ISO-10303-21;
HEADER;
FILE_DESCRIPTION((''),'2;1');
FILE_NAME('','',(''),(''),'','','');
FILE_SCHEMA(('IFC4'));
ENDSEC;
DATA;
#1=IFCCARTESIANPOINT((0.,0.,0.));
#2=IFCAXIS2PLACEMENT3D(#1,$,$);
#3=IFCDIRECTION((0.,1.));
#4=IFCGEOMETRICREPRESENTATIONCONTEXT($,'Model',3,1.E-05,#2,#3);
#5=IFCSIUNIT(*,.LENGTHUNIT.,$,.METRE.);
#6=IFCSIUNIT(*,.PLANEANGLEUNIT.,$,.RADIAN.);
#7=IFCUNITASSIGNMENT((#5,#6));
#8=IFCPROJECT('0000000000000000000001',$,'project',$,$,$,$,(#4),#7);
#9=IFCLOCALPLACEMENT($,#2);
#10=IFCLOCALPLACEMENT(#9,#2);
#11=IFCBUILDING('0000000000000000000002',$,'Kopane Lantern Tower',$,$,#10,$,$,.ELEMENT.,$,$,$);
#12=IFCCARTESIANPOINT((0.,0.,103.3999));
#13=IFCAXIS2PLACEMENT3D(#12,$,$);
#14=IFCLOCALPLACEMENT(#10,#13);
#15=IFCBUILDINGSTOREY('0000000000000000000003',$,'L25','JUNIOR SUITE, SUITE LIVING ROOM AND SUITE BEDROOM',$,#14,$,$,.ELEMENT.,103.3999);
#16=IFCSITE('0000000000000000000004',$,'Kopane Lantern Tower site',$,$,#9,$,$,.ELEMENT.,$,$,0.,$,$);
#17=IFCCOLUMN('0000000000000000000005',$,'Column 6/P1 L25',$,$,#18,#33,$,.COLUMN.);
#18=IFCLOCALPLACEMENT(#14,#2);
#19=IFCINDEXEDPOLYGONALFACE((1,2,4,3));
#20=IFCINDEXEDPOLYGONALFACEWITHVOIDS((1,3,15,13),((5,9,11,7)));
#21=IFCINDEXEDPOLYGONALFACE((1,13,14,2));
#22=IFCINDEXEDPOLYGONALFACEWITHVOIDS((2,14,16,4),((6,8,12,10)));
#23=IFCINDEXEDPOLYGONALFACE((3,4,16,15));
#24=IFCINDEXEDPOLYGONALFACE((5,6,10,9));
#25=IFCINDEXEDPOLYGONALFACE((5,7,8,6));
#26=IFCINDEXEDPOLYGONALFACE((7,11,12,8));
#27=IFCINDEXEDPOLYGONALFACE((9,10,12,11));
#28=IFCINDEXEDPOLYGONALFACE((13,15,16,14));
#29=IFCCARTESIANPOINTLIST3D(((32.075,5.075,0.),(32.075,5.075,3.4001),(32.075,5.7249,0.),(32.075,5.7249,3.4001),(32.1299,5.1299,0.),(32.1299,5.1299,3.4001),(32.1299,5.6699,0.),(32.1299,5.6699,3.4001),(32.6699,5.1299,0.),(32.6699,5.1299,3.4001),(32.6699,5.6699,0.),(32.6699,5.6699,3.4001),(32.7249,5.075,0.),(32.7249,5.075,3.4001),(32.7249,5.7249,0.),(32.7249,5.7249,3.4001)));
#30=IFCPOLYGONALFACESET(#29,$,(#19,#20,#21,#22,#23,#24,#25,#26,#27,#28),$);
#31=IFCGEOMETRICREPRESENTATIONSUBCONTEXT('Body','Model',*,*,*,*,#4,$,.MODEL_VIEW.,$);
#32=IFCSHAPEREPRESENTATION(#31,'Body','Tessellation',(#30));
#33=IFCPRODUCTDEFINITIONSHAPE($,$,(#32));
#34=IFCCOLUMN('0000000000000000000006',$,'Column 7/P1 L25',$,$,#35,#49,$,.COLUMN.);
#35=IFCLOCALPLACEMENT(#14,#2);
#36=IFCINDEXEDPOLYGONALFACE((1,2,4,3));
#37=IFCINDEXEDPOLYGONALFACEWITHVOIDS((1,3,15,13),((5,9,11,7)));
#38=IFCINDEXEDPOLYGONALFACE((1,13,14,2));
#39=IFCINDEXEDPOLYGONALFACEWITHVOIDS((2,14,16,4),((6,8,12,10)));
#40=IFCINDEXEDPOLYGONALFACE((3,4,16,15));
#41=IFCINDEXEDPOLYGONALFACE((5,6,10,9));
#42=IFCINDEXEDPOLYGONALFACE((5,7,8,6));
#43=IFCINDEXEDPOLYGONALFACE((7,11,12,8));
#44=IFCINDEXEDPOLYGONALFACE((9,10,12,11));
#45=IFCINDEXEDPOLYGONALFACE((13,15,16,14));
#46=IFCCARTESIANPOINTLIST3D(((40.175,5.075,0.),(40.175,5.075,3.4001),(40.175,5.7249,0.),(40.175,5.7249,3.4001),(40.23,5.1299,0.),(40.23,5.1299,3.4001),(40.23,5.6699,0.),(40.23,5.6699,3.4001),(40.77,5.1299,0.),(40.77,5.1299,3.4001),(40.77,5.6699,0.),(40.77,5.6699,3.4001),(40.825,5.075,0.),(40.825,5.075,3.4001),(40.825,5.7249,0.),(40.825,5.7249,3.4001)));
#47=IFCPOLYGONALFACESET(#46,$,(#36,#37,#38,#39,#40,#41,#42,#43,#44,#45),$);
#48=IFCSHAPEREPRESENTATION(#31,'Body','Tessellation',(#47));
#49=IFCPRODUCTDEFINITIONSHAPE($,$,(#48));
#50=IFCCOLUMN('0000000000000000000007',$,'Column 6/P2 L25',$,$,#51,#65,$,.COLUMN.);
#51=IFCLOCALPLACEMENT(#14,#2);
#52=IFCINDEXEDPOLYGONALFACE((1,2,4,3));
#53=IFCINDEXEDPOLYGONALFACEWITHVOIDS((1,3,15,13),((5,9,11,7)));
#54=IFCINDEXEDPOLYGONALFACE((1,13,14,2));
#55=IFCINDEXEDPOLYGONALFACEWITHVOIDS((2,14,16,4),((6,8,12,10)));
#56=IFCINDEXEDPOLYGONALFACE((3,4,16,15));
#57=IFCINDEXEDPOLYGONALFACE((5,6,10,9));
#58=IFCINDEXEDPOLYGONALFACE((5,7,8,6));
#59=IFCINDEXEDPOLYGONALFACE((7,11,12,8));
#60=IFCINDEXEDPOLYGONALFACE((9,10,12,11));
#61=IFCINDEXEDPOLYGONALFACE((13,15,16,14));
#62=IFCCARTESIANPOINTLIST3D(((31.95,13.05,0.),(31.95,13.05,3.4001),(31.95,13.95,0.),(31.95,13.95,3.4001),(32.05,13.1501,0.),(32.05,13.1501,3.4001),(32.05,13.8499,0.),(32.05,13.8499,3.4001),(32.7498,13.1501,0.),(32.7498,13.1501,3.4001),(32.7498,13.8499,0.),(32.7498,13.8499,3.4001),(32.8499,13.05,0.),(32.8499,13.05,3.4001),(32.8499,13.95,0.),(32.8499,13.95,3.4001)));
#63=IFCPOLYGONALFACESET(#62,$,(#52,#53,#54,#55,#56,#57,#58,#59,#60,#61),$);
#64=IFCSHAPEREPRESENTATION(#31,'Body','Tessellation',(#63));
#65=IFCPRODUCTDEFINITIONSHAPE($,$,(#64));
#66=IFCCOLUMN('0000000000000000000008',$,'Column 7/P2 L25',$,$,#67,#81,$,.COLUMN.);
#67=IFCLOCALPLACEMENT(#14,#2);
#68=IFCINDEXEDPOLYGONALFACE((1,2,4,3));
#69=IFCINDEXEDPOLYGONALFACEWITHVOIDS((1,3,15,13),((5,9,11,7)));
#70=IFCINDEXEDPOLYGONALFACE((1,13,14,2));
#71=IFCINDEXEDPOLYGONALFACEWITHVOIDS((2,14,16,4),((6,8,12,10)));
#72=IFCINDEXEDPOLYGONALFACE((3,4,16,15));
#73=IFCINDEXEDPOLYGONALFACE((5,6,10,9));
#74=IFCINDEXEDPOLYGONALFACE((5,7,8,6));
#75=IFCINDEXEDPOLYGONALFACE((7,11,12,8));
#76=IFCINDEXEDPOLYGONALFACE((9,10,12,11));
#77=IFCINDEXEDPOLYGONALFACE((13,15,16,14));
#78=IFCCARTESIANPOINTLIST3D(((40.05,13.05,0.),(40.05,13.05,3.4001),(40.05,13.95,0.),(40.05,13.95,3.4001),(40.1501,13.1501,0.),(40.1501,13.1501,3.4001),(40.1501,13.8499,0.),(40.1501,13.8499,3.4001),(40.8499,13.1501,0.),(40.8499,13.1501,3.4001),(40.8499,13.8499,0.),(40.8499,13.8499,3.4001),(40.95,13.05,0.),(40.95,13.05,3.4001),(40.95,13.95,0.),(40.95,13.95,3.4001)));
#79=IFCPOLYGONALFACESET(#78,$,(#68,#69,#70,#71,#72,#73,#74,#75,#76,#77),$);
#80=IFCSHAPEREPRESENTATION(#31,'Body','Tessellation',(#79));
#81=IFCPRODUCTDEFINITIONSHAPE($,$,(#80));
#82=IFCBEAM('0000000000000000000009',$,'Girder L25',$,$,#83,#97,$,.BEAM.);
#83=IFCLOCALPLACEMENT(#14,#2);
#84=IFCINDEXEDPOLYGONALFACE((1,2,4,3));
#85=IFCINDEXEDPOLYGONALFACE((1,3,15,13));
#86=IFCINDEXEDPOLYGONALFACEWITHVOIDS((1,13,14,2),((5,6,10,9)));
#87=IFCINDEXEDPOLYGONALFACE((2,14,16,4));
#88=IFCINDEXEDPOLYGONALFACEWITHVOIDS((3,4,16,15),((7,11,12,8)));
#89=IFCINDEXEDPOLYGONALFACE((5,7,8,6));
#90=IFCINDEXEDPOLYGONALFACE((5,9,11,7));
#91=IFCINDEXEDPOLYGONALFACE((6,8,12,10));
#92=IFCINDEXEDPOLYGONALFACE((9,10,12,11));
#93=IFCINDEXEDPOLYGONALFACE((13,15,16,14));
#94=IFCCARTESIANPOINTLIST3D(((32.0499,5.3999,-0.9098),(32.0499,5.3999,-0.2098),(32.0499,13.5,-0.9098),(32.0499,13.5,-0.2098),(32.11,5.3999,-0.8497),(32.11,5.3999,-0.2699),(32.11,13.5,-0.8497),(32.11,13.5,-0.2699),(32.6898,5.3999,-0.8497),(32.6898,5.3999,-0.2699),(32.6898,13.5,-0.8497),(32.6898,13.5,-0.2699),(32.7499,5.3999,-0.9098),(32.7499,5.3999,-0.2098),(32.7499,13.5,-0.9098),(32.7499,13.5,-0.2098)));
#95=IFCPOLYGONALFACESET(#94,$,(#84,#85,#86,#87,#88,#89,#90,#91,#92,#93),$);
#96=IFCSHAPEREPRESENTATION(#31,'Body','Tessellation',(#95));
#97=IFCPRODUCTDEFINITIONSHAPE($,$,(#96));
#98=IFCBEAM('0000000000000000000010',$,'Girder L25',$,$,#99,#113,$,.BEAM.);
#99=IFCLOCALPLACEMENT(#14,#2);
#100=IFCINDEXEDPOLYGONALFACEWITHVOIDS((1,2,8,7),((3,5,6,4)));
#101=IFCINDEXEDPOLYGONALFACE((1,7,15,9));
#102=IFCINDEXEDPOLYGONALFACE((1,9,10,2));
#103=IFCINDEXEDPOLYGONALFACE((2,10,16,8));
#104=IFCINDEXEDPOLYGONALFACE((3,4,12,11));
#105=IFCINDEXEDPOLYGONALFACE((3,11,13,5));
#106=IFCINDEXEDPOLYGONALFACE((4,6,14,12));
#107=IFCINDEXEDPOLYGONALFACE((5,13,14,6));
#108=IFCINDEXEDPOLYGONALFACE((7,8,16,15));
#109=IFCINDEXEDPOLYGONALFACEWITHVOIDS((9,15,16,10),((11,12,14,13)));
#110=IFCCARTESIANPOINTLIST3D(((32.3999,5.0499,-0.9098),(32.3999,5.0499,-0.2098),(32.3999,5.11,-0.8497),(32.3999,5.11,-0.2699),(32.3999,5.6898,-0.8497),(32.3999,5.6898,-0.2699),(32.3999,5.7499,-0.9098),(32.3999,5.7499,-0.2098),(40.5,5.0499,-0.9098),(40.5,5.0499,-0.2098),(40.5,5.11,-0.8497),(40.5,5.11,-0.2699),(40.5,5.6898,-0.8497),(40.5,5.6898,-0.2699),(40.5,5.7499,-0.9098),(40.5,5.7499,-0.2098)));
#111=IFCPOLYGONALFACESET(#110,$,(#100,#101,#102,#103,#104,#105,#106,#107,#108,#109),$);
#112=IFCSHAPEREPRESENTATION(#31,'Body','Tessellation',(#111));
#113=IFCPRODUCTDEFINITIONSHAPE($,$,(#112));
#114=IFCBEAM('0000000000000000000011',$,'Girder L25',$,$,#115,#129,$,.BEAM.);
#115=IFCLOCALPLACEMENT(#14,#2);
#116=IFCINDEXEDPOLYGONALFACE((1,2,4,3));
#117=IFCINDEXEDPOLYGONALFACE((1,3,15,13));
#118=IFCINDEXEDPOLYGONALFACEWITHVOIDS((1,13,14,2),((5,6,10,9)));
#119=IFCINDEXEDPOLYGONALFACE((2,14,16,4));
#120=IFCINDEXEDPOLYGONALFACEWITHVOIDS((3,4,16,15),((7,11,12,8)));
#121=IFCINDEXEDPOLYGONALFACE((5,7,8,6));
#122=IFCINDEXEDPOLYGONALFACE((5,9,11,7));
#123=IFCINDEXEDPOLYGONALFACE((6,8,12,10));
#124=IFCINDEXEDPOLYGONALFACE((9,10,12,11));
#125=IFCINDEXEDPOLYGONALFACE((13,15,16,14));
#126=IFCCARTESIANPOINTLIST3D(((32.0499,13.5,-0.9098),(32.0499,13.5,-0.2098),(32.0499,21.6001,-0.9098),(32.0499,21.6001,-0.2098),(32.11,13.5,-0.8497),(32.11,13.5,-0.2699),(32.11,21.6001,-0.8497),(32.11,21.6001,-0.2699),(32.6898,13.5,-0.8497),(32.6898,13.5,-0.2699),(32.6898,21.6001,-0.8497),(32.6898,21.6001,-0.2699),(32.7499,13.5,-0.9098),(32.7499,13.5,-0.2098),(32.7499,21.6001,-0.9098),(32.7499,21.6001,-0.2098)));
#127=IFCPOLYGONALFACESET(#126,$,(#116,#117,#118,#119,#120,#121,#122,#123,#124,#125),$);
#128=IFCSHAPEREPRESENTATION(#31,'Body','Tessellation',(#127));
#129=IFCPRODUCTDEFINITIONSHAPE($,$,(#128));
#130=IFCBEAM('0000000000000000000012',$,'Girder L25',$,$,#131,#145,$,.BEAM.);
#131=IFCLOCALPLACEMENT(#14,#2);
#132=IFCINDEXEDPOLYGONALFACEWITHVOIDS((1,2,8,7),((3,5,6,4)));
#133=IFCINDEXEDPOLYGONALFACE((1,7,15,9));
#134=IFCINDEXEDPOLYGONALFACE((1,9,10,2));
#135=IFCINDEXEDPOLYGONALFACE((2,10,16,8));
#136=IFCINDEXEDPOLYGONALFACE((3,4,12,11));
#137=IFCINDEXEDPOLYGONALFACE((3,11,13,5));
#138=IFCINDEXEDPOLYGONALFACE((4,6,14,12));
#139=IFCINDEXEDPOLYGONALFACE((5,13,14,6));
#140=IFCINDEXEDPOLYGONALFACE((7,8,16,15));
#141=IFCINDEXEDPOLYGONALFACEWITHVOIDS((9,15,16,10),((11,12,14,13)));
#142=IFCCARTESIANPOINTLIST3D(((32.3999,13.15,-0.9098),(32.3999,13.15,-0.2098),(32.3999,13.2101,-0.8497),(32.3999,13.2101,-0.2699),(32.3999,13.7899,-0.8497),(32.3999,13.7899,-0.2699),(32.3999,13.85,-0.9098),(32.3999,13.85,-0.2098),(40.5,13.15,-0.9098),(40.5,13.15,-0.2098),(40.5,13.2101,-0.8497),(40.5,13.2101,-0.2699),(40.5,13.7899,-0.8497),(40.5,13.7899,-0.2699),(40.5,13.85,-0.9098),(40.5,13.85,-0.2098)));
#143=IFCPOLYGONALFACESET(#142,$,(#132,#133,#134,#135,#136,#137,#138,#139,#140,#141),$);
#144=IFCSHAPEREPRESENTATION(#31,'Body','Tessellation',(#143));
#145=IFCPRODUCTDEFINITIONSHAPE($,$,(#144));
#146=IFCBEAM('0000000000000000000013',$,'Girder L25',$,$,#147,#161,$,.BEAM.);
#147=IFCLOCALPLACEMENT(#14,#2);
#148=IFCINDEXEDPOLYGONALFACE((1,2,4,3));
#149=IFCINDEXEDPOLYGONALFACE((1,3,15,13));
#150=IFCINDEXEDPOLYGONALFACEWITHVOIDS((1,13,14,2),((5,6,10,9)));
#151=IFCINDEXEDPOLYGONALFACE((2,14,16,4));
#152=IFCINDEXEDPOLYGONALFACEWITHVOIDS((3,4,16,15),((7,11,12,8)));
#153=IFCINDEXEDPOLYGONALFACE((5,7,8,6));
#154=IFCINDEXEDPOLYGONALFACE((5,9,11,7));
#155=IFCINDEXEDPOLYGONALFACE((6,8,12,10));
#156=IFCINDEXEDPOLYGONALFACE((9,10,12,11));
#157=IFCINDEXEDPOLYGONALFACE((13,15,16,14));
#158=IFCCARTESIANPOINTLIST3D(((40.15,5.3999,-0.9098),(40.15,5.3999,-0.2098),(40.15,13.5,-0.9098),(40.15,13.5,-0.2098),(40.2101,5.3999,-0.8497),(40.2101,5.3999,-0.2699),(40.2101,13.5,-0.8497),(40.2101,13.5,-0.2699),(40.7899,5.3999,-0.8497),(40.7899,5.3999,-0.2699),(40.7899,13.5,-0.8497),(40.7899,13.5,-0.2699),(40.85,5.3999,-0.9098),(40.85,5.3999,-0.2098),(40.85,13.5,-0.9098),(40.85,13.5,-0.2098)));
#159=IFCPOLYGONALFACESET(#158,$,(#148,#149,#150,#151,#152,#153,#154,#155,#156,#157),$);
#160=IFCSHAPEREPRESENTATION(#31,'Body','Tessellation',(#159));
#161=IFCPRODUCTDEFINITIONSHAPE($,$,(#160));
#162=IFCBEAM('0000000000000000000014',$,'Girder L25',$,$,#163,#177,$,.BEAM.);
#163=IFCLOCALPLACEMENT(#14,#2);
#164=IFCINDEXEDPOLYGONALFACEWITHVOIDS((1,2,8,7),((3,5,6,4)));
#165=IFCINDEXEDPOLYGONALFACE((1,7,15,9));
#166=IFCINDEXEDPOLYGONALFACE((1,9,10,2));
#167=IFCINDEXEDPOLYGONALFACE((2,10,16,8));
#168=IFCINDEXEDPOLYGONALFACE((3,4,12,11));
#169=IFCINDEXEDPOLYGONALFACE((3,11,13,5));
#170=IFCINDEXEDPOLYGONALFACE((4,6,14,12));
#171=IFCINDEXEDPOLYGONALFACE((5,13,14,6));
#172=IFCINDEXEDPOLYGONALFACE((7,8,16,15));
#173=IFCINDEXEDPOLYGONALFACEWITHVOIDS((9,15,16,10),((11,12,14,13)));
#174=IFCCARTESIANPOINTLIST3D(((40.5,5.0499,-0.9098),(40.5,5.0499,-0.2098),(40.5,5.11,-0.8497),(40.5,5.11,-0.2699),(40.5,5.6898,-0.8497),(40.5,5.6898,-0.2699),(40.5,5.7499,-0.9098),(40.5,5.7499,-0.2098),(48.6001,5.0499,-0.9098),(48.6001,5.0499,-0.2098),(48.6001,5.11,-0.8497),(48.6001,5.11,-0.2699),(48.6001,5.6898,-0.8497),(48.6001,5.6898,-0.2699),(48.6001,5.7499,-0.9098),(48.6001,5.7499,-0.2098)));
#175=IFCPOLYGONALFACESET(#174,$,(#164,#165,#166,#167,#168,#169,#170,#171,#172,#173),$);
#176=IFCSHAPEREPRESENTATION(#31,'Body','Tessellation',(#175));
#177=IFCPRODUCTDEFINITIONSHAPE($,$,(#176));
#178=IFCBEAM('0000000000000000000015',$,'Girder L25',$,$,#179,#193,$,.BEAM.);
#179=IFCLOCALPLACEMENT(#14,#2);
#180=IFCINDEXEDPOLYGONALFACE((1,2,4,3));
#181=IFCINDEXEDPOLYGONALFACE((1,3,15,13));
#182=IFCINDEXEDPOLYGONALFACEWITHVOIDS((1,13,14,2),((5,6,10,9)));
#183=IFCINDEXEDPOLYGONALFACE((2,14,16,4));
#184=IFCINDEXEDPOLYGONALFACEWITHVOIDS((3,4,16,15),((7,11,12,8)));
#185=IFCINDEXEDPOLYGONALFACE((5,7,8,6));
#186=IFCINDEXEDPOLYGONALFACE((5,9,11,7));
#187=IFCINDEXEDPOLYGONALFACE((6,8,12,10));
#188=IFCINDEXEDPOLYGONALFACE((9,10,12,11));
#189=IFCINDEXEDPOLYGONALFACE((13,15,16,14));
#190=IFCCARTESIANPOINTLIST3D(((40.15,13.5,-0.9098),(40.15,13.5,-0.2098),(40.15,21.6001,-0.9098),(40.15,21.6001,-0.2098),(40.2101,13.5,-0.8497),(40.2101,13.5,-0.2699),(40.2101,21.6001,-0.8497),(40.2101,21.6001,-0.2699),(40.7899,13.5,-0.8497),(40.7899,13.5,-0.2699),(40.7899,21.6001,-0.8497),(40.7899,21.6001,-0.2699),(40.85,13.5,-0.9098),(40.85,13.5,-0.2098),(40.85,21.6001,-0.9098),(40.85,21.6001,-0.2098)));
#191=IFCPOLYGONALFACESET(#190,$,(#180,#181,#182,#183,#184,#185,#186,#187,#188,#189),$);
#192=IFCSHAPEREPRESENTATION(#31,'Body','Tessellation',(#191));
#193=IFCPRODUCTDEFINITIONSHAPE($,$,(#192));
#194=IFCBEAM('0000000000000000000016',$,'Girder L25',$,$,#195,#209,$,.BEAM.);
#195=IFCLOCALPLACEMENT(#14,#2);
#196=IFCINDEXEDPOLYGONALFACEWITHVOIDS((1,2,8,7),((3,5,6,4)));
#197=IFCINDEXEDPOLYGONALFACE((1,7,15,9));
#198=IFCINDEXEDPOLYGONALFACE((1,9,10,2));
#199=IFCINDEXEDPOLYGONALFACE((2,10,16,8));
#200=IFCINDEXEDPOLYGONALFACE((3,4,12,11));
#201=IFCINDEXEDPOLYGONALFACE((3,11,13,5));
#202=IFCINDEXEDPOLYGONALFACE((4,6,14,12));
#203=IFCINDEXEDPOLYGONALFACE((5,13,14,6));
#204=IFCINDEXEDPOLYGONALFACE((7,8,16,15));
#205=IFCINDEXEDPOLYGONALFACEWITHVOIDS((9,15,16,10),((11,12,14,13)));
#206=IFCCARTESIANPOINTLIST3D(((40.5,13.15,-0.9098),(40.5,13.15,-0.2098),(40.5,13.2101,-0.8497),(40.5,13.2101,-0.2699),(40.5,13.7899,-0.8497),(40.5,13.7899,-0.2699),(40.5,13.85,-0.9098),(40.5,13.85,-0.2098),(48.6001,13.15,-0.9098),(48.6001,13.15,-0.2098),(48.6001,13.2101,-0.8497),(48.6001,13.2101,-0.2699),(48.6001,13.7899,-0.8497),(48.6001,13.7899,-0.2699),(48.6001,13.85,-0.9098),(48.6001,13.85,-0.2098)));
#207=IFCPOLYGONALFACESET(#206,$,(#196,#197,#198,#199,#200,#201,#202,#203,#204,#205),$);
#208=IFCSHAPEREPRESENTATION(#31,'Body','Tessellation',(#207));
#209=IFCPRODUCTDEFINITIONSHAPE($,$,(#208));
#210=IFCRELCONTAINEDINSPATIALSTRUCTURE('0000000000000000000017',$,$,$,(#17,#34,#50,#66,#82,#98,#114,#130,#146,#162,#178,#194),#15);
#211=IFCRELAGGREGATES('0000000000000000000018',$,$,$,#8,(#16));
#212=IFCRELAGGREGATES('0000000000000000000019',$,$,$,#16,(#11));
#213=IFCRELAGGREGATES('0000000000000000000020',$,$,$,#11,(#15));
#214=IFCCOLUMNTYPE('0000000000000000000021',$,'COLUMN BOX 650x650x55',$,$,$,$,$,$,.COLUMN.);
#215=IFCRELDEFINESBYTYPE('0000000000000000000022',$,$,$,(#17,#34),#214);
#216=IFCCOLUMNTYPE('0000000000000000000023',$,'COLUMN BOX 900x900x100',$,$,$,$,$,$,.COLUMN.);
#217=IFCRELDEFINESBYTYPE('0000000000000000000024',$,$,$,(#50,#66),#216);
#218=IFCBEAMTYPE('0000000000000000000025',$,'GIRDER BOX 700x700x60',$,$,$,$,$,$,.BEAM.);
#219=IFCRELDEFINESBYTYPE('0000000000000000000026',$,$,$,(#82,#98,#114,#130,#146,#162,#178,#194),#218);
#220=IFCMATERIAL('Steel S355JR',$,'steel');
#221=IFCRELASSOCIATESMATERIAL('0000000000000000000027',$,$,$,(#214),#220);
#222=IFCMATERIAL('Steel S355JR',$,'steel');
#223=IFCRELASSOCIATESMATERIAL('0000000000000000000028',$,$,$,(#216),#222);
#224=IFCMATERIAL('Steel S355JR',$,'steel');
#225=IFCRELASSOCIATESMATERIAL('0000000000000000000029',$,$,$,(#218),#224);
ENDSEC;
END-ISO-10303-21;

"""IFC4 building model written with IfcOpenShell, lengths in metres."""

from ifc_helpers import new_model, si_unit, direction, frame, origin, origin_2d, place, context, subcontext, project, spatial, hollow_rectangle, extrude, material, material_profile, profile_set, type_object, element, save


model = new_model("IFC4")

# Units and contexts
model_context = context("Model", 3, precision=1e-05, world=origin(), true_north=direction((0.0, 1.0)))
body_context = subcontext(model_context, "Body", "Model", "MODEL_VIEW")
ifc_project = project(units=[si_unit("LENGTHUNIT", "METRE"), si_unit("PLANEANGLEUNIT", "RADIAN")], contexts=[model_context])

# Site, building, storey
site_placement = place(None, origin())
site = spatial("IfcSite", under=ifc_project, at=site_placement, Name="Kopane Lantern Tower site", CompositionType="ELEMENT", RefElevation=0.0)
building_placement = place(site_placement, origin())
building = spatial("IfcBuilding", under=site, at=building_placement, Name="Kopane Lantern Tower", CompositionType="ELEMENT")
storey_placement = place(building_placement, frame((0.0, 0.0, 103.3999)))
storey = spatial("IfcBuildingStorey", under=building, at=storey_placement, Name="L25", Description="JUNIOR SUITE, SUITE LIVING ROOM AND SUITE BEDROOM", CompositionType="ELEMENT", Elevation=103.3999)

# Columns
ifc_material_1 = material(Name="Steel S355JR", Category="steel")
ifc_material_profile_1 = material_profile(ifc_material_1, hollow_rectangle(XDim=0.6499, YDim=0.6499, WallThickness=0.0549, at=origin_2d()), Name="BOX 650x650x55")
ifc_profile_set_1 = profile_set([ifc_material_profile_1], Name="Steel S355JR")
column_type_1 = type_object("IfcColumnType", Name="COLUMN BOX 650x650x55", PredefinedType="COLUMN", material=ifc_profile_set_1)
for number, where, z_axis, x_axis, name in (
    (1, (32.3999, 5.3999, 0.0), (0.0, 0.0, 1.0), (1.0, 0.0, 0.0), "Column 6/P1 L25"),
    (2, (40.5, 5.3999, 0.0), (0.0, 0.0, 1.0), (1.0, 0.0, 0.0), "Column 7/P1 L25"),
):
    element("IfcColumn", number, at=place(storey_placement, frame(where, z_axis=z_axis, x_axis=x_axis)), inside=storey, type_object=column_type_1, Name=name, PredefinedType="COLUMN", context=body_context, shape_type="SweptSolid", body=[
        extrude(hollow_rectangle(XDim=0.6499, YDim=0.6499, WallThickness=0.0549, at=origin_2d()), origin(), (0.0, 0.0, 1.0), 3.4001),
    ])
ifc_material_2 = material(Name="Steel S355JR", Category="steel")
ifc_material_profile_2 = material_profile(ifc_material_2, hollow_rectangle(XDim=0.8999, YDim=0.8999, WallThickness=0.1001, at=origin_2d()), Name="BOX 900x900x100")
ifc_profile_set_2 = profile_set([ifc_material_profile_2], Name="Steel S355JR")
column_type_2 = type_object("IfcColumnType", Name="COLUMN BOX 900x900x100", PredefinedType="COLUMN", material=ifc_profile_set_2)
for number, where, z_axis, x_axis, name in (
    (3, (32.3999, 13.5, 0.0), (0.0, 0.0, 1.0), (1.0, 0.0, 0.0), "Column 6/P2 L25"),
    (4, (40.5, 13.5, 0.0), (0.0, 0.0, 1.0), (1.0, 0.0, 0.0), "Column 7/P2 L25"),
):
    element("IfcColumn", number, at=place(storey_placement, frame(where, z_axis=z_axis, x_axis=x_axis)), inside=storey, type_object=column_type_2, Name=name, PredefinedType="COLUMN", context=body_context, shape_type="SweptSolid", body=[
        extrude(hollow_rectangle(XDim=0.8999, YDim=0.8999, WallThickness=0.1001, at=origin_2d()), origin(), (0.0, 0.0, 1.0), 3.4001),
    ])

# Beams
ifc_material_3 = material(Name="Steel S355JR", Category="steel")
ifc_material_profile_3 = material_profile(ifc_material_3, hollow_rectangle(XDim=0.7, YDim=0.7, WallThickness=0.0601, at=origin_2d()), Name="BOX 700x700x60")
ifc_profile_set_3 = profile_set([ifc_material_profile_3], Name="Steel S355JR")
beam_type = type_object("IfcBeamType", Name="GIRDER BOX 700x700x60", PredefinedType="BEAM", material=ifc_profile_set_3)
for number, where, z_axis, x_axis, name in (
    (5, (32.3999, 5.3999, -0.5598), (0.0, 1.0, 0.0), (-1.0, 0.0, 0.0), "Girder L25"),
    (6, (32.3999, 5.3999, -0.5598), (1.0, 0.0, 0.0), (0.0, 1.0, 0.0), "Girder L25"),
    (7, (32.3999, 13.5, -0.5598), (0.0, 1.0, 0.0), (-1.0, 0.0, 0.0), "Girder L25"),
    (8, (32.3999, 13.5, -0.5598), (1.0, 0.0, 0.0), (0.0, 1.0, 0.0), "Girder L25"),
    (9, (40.5, 5.3999, -0.5598), (0.0, 1.0, 0.0), (-1.0, 0.0, 0.0), "Girder L25"),
    (10, (40.5, 5.3999, -0.5598), (1.0, 0.0, 0.0), (0.0, 1.0, 0.0), "Girder L25"),
    (11, (40.5, 13.5, -0.5598), (0.0, 1.0, 0.0), (-1.0, 0.0, 0.0), "Girder L25"),
    (12, (40.5, 13.5, -0.5598), (1.0, 0.0, 0.0), (0.0, 1.0, 0.0), "Girder L25"),
):
    element("IfcBeam", number, at=place(storey_placement, frame(where, z_axis=z_axis, x_axis=x_axis)), inside=storey, type_object=beam_type, Name=name, PredefinedType="BEAM", context=body_context, shape_type="SweptSolid", body=[
        extrude(hollow_rectangle(XDim=0.7, YDim=0.7, WallThickness=0.0601, at=origin_2d()), origin(), (0.0, 0.0, 1.0), 8.1001),
    ])

save(model, "model.ifc")
